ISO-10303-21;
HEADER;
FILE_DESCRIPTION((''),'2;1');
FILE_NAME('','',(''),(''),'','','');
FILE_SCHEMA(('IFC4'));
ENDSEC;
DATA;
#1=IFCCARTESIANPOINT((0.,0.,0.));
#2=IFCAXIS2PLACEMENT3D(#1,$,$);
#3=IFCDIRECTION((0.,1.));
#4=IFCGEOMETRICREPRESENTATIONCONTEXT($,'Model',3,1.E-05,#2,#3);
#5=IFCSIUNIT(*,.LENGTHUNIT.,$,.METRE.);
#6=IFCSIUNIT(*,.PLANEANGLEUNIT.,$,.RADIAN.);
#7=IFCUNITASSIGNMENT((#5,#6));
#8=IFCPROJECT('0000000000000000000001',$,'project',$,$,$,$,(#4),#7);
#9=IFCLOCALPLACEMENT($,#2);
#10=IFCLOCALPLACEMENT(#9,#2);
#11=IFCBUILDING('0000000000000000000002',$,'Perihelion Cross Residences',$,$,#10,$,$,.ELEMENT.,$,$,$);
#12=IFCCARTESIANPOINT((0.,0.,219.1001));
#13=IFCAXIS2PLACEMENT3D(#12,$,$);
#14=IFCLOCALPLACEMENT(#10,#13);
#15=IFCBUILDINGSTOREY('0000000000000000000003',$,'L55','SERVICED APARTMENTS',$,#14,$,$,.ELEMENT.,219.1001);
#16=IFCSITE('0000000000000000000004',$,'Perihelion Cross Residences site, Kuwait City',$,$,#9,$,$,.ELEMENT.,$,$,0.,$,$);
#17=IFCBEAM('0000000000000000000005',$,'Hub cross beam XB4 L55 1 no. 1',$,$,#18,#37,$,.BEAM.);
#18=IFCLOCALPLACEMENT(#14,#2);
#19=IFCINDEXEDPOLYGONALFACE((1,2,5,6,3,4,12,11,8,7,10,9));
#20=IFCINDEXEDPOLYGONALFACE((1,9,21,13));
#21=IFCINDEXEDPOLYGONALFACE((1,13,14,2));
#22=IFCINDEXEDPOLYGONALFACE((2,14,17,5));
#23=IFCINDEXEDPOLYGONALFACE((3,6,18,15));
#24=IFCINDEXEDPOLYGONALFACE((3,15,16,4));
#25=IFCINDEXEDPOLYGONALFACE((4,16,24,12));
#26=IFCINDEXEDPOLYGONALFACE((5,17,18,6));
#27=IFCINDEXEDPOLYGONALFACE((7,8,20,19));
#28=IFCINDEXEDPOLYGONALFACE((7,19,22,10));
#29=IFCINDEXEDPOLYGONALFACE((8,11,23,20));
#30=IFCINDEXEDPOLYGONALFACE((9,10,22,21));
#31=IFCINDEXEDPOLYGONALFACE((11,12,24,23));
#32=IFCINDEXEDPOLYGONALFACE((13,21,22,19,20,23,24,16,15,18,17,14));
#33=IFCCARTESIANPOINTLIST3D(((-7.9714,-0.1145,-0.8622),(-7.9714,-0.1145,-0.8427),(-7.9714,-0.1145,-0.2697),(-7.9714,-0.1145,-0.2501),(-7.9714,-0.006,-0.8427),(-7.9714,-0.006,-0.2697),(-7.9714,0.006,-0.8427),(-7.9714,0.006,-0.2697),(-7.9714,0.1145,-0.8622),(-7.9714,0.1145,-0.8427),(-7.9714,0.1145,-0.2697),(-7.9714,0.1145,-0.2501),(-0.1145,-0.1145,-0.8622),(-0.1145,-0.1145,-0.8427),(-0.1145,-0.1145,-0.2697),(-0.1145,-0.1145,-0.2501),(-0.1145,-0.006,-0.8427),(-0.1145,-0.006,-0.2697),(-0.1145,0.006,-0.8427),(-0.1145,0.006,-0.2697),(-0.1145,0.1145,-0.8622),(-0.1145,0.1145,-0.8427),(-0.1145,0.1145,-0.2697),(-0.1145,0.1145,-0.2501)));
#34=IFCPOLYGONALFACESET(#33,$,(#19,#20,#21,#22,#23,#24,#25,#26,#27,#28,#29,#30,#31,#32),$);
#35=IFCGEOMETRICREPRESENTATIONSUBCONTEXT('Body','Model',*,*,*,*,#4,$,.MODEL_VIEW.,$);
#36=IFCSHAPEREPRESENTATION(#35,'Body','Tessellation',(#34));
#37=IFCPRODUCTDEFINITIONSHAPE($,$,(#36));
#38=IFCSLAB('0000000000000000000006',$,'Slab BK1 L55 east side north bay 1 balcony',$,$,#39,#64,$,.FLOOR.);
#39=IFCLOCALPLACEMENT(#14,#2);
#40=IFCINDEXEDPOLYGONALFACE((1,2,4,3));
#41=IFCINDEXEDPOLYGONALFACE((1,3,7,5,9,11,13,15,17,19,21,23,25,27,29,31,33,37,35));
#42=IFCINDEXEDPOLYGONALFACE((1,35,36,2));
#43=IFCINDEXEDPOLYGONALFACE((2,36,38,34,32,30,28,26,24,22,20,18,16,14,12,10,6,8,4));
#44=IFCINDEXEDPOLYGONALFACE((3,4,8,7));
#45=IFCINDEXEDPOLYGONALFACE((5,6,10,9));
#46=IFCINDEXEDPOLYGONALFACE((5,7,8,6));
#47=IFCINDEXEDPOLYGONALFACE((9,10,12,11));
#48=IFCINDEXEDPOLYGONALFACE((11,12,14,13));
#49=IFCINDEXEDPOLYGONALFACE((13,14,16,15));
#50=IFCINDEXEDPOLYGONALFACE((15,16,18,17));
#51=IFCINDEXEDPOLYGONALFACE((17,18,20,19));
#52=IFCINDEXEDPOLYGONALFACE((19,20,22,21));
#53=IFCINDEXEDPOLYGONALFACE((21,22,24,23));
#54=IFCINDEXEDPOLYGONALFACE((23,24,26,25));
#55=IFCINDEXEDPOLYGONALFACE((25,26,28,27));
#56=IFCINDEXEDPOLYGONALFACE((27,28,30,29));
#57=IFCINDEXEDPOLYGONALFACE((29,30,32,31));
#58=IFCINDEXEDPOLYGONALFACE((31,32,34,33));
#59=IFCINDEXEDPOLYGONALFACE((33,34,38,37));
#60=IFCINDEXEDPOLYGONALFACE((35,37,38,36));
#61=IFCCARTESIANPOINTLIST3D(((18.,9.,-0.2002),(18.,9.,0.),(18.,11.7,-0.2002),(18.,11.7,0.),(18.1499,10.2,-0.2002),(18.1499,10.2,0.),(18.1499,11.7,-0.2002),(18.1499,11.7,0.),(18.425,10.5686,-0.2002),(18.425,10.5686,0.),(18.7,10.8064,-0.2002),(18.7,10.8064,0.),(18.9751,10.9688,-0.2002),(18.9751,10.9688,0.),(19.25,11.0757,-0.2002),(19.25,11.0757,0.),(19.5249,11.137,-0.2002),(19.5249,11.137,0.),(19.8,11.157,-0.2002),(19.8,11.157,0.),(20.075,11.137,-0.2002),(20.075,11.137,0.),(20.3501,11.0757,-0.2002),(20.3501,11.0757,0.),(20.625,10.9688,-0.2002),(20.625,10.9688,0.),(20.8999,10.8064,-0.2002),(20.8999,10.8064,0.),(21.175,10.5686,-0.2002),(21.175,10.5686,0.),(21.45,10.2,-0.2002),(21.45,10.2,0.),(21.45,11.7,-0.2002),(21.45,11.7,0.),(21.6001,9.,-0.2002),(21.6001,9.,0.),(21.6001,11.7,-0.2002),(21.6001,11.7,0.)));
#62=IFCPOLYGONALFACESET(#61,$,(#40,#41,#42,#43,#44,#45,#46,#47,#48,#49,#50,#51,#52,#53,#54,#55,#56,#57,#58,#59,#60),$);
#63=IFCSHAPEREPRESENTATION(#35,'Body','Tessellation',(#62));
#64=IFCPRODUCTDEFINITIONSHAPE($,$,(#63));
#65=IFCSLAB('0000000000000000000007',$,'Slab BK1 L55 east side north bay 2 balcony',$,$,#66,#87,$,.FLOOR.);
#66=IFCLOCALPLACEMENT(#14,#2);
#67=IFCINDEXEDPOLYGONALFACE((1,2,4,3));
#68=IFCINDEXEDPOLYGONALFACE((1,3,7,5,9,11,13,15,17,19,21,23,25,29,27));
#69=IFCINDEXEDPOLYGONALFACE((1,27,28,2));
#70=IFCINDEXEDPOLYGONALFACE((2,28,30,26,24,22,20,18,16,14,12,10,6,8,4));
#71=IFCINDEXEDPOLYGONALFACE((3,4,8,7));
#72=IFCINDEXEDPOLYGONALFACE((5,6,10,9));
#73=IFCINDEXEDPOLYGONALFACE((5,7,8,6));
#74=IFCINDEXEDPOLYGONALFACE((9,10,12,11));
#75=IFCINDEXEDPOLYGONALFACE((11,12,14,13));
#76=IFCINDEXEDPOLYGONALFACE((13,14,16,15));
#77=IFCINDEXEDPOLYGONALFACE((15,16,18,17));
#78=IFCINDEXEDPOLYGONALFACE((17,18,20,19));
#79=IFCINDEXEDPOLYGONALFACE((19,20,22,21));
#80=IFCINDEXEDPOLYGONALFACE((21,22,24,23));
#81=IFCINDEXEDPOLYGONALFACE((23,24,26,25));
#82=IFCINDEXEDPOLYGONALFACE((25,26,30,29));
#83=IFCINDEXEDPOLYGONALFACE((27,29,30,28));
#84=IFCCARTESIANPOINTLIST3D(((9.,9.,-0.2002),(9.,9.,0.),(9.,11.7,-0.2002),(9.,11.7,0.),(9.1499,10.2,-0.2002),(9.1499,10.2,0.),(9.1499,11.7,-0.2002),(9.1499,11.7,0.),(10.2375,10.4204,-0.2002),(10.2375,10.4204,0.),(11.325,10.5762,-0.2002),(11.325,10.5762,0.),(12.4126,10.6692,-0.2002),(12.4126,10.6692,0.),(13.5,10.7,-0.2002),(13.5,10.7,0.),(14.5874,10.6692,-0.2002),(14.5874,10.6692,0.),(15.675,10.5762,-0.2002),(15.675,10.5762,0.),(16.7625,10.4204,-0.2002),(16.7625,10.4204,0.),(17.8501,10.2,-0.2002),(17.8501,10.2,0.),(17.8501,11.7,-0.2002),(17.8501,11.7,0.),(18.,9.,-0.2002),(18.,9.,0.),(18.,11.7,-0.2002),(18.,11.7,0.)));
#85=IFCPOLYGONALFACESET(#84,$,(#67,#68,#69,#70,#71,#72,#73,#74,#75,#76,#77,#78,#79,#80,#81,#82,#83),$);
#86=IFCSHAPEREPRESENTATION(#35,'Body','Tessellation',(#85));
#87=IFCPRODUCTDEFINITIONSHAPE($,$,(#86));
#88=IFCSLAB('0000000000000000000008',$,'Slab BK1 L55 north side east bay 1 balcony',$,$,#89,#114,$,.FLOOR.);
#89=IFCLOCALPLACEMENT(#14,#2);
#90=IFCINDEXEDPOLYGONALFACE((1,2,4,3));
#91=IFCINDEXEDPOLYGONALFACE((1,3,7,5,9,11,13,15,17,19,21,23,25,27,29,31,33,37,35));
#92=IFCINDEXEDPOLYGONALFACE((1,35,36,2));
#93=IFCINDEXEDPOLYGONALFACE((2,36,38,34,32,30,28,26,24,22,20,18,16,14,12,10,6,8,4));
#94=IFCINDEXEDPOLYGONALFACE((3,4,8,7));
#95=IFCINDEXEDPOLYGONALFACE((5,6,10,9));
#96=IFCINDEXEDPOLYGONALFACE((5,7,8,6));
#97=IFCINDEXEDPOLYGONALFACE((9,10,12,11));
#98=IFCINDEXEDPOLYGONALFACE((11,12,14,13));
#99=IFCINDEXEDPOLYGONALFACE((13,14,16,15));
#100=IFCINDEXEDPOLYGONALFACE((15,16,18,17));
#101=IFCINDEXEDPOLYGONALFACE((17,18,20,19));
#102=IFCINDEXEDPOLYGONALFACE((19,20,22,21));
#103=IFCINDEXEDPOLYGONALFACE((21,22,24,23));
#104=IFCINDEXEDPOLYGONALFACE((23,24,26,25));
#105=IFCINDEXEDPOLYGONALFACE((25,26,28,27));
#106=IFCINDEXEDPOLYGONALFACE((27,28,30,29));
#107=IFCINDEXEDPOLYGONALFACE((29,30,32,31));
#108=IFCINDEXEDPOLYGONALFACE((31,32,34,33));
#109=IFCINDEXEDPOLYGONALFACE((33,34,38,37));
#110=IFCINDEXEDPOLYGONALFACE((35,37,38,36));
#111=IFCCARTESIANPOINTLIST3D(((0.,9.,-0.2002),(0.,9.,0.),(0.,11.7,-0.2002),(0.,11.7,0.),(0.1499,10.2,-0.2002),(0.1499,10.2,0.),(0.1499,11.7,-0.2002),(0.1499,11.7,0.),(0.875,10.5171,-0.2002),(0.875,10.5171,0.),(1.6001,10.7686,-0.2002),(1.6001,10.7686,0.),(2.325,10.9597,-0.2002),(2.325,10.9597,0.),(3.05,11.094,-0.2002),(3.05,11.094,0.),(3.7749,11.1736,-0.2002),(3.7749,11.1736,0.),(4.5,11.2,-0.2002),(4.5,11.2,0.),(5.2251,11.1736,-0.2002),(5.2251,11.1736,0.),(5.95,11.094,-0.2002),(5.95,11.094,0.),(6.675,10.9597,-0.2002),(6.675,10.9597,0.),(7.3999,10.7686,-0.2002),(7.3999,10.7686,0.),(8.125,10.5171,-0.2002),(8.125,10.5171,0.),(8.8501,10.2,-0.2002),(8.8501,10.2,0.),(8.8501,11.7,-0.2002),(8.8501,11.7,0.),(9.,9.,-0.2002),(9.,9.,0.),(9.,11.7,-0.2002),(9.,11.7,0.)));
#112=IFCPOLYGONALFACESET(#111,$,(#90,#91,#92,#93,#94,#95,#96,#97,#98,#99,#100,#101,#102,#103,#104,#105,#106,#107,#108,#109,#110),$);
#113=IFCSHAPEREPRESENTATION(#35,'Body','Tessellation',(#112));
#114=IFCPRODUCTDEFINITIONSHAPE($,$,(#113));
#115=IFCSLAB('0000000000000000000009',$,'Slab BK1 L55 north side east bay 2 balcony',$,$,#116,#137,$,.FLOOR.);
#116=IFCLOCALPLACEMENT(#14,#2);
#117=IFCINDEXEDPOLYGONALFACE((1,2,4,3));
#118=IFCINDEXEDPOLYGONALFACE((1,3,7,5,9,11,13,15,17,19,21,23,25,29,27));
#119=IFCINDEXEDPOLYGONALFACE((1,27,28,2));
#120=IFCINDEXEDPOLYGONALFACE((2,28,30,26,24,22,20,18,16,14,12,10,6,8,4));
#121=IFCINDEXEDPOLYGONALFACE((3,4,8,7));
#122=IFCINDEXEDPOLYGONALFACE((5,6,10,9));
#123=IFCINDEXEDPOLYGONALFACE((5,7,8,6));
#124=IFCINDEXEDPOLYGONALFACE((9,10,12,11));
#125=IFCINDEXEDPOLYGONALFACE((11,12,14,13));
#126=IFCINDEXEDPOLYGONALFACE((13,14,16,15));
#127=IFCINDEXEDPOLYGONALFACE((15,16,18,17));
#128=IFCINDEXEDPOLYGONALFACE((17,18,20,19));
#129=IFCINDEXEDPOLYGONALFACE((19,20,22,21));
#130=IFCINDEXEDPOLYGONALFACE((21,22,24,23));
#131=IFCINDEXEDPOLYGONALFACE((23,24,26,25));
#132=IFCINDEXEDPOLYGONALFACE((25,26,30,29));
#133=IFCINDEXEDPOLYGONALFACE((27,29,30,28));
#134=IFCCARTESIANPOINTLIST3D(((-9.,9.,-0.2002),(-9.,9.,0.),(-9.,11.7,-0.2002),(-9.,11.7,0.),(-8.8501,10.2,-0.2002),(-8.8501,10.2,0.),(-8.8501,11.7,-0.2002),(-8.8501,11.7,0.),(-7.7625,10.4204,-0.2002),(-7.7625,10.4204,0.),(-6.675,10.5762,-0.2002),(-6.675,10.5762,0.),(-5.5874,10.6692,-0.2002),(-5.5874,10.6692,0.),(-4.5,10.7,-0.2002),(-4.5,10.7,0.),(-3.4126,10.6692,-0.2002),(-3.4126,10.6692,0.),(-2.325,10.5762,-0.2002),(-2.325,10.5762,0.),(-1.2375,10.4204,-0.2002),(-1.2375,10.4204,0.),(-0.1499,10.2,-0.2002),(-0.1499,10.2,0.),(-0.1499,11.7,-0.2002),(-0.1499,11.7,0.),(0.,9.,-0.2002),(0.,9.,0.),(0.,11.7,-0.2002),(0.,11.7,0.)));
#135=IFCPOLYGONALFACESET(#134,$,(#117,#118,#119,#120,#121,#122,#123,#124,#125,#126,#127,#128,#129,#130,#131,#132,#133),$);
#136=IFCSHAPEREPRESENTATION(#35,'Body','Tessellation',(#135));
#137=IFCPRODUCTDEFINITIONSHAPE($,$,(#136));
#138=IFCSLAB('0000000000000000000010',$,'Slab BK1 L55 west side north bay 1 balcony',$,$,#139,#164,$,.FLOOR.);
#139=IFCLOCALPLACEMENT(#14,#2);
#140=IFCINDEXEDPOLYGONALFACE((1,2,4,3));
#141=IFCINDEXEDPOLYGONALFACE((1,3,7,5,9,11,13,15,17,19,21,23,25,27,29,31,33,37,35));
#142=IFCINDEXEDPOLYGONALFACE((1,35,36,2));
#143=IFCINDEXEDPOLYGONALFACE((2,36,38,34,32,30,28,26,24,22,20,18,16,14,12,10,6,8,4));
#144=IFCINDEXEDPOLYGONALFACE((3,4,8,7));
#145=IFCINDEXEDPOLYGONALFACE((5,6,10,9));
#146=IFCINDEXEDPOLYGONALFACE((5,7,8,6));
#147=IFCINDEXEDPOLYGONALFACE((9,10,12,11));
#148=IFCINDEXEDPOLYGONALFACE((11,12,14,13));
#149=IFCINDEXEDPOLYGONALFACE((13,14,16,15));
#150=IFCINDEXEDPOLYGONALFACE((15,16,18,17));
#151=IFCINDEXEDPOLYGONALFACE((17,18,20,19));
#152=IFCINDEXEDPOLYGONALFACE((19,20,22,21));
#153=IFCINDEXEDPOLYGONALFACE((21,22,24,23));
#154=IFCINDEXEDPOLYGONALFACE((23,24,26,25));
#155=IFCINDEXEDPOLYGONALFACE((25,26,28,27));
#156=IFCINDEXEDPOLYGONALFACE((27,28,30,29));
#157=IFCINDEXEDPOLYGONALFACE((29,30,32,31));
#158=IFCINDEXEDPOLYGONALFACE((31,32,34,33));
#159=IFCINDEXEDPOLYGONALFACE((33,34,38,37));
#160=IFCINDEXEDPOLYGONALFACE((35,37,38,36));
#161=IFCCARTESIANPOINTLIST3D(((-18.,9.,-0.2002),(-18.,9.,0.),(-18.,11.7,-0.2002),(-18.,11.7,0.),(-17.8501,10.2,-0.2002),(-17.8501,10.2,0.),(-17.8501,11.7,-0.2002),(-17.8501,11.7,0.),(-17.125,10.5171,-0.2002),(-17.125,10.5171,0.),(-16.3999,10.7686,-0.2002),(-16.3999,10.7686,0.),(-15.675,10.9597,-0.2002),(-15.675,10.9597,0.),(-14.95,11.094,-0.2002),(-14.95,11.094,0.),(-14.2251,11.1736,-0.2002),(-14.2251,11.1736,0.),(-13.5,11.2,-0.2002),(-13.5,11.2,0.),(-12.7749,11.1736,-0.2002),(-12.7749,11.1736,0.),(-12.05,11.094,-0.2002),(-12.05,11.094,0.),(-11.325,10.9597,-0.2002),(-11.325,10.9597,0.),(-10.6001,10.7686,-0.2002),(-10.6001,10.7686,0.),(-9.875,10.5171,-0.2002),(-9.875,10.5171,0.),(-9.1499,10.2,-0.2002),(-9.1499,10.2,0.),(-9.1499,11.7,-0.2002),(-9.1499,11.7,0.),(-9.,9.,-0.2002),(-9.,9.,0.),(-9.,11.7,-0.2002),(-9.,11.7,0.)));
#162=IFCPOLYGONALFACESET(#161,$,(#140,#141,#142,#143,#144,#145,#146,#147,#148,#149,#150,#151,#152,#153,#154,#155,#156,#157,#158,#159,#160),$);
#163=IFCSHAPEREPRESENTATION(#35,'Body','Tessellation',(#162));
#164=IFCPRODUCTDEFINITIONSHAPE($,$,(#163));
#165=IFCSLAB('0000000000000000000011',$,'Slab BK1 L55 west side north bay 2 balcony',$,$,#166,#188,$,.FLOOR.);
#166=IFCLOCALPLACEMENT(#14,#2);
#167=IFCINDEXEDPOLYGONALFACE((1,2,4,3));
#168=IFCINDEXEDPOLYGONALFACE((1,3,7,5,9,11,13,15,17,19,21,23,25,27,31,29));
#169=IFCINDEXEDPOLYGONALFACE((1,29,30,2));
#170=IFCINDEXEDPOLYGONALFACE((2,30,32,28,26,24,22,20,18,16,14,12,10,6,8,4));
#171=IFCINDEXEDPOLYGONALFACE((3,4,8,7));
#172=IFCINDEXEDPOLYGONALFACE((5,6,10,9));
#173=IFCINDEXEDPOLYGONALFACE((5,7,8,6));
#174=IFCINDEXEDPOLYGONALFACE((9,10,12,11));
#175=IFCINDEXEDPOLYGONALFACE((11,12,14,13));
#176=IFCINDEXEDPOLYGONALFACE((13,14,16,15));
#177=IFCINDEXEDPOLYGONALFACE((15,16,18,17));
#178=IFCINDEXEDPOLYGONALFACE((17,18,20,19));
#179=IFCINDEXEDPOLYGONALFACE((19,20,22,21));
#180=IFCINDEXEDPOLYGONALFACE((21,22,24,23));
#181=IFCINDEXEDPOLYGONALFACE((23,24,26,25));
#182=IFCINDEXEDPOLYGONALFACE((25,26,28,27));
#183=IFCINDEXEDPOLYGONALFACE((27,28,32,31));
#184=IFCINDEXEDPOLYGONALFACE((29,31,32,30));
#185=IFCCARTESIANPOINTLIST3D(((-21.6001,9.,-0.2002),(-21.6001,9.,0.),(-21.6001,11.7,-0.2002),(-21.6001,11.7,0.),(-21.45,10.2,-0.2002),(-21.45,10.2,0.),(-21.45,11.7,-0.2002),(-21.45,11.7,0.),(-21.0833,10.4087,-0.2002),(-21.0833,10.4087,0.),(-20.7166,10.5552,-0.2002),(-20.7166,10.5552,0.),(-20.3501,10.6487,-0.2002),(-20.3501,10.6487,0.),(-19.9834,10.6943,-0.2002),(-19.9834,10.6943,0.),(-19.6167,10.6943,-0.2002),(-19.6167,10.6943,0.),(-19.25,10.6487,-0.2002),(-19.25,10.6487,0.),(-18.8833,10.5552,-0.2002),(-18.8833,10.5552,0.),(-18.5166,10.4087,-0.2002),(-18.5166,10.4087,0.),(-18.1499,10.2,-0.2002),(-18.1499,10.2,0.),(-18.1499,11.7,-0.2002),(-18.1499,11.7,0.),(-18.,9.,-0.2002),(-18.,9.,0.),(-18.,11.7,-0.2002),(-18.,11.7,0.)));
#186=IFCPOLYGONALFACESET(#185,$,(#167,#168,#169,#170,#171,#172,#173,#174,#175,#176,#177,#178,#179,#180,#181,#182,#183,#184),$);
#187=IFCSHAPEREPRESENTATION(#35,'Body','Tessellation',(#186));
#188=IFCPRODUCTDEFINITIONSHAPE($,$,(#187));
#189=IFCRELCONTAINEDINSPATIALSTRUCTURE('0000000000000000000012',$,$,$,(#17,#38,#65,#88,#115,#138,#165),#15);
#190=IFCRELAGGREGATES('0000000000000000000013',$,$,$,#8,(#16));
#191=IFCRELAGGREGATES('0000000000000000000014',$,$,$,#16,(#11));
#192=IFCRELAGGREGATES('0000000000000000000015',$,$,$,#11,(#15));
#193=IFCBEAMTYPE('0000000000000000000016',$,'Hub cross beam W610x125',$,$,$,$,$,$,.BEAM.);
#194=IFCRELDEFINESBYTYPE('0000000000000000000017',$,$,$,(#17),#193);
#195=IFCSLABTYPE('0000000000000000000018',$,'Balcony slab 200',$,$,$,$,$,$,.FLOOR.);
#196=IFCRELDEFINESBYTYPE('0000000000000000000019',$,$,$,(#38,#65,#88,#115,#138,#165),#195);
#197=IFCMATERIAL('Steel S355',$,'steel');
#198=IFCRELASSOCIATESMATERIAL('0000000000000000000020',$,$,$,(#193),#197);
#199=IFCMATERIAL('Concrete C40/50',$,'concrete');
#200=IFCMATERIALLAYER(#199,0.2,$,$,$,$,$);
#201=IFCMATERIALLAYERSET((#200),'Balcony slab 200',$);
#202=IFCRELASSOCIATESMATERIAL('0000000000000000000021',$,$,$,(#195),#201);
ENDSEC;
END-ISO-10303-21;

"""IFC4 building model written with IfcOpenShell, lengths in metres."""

from ifc_helpers import new_model, si_unit, direction, frame, origin, origin_2d, place, context, subcontext, project, spatial, polyline, i_section, outline, extrude, material, layer, layer_set, material_profile, profile_set, type_object, element, save


model = new_model("IFC4")

# Units and contexts
model_context = context("Model", 3, precision=1e-05, world=origin(), true_north=direction((0.0, 1.0)))
body_context = subcontext(model_context, "Body", "Model", "MODEL_VIEW")
ifc_project = project(units=[si_unit("LENGTHUNIT", "METRE"), si_unit("PLANEANGLEUNIT", "RADIAN")], contexts=[model_context])

# Site, building, storey
site_placement = place(None, origin())
site = spatial("IfcSite", under=ifc_project, at=site_placement, Name="Perihelion Cross Residences site, Kuwait City", CompositionType="ELEMENT", RefElevation=0.0)
building_placement = place(site_placement, origin())
building = spatial("IfcBuilding", under=site, at=building_placement, Name="Perihelion Cross Residences", CompositionType="ELEMENT")
storey_placement = place(building_placement, frame((0.0, 0.0, 219.1001)))
storey = spatial("IfcBuildingStorey", under=building, at=storey_placement, Name="L55", Description="SERVICED APARTMENTS", CompositionType="ELEMENT", Elevation=219.1001)

# Beam
ifc_material_1 = material(Name="Steel S355", Category="steel")
ifc_material_profile = material_profile(ifc_material_1, i_section(OverallWidth=0.229, OverallDepth=0.6121, WebThickness=0.012, FlangeThickness=0.0195, at=origin_2d()), Name="W610x125")
ifc_profile_set = profile_set([ifc_material_profile], Name="Steel S355")
beam_type = type_object("IfcBeamType", Name="Hub cross beam W610x125", PredefinedType="BEAM", material=ifc_profile_set)
beam_placement = place(storey_placement, frame((-7.9714, 0.0, -0.5562), z_axis=(1.0, 0.0, 0.0), x_axis=(0.0, 1.0, 0.0)))
element("IfcBeam", 1, at=beam_placement, inside=storey, type_object=beam_type, Name="Hub cross beam XB4 L55 1 no. 1", PredefinedType="BEAM", context=body_context, shape_type="SweptSolid", body=[
    extrude(i_section(OverallWidth=0.229, OverallDepth=0.6121, WebThickness=0.012, FlangeThickness=0.0195, at=origin_2d()), origin(), (0.0, 0.0, 1.0), 7.8569),
])

# Slabs
ifc_material_2 = material(Name="Concrete C40/50", Category="concrete")
ifc_layer_1 = layer(ifc_material_2, 0.2)
ifc_layer_set_1 = layer_set([ifc_layer_1], Name="Balcony slab 200")
slab_type_1 = type_object("IfcSlabType", Name="Balcony slab 200", PredefinedType="FLOOR", material=ifc_layer_set_1)
slab_1_placement = place(storey_placement, frame((0.0, 0.0, -0.2002)))
element("IfcSlab", 2, at=slab_1_placement, inside=storey, type_object=slab_type_1, Name="Slab BK1 L55 east side north bay 1 balcony", PredefinedType="FLOOR", context=body_context, shape_type="SweptSolid", body=[
    extrude(outline(polyline([(21.6001, 9.0), (18.0, 9.0), (18.0, 11.7), (18.1499, 11.7), (18.1499, 10.2), (18.425, 10.5686), (18.7, 10.8064), (18.9751, 10.9688), (19.25, 11.0757), (19.5249, 11.137), (19.8, 11.157), (20.075, 11.137), (20.3501, 11.0757), (20.625, 10.9688), (20.8999, 10.8064), (21.175, 10.5686), (21.45, 10.2), (21.45, 11.7), (21.6001, 11.7), (21.6001, 9.0)])), origin(), (0.0, 0.0, 1.0), 0.2002),
])
slab_2_placement = place(storey_placement, frame((0.0, 0.0, -0.2002)))
element("IfcSlab", 3, at=slab_2_placement, inside=storey, type_object=slab_type_1, Name="Slab BK1 L55 east side north bay 2 balcony", PredefinedType="FLOOR", context=body_context, shape_type="SweptSolid", body=[
    extrude(outline(polyline([(18.0, 9.0), (9.0, 9.0), (9.0, 11.7), (9.1499, 11.7), (9.1499, 10.2), (10.2375, 10.4204), (11.325, 10.5762), (12.4126, 10.6692), (13.5, 10.7), (14.5874, 10.6692), (15.675, 10.5762), (16.7625, 10.4204), (17.8501, 10.2), (17.8501, 11.7), (18.0, 11.7), (18.0, 9.0)])), origin(), (0.0, 0.0, 1.0), 0.2002),
])
slab_3_placement = place(storey_placement, frame((0.0, 0.0, -0.2002)))
element("IfcSlab", 4, at=slab_3_placement, inside=storey, type_object=slab_type_1, Name="Slab BK1 L55 north side east bay 1 balcony", PredefinedType="FLOOR", context=body_context, shape_type="SweptSolid", body=[
    extrude(outline(polyline([(9.0, 9.0), (0.0, 9.0), (0.0, 11.7), (0.1499, 11.7), (0.1499, 10.2), (0.875, 10.5171), (1.6001, 10.7686), (2.325, 10.9597), (3.05, 11.094), (3.7749, 11.1736), (4.5, 11.2), (5.2251, 11.1736), (5.95, 11.094), (6.675, 10.9597), (7.3999, 10.7686), (8.125, 10.5171), (8.8501, 10.2), (8.8501, 11.7), (9.0, 11.7), (9.0, 9.0)])), origin(), (0.0, 0.0, 1.0), 0.2002),
])
slab_4_placement = place(storey_placement, frame((0.0, 0.0, -0.2002)))
element("IfcSlab", 5, at=slab_4_placement, inside=storey, type_object=slab_type_1, Name="Slab BK1 L55 north side east bay 2 balcony", PredefinedType="FLOOR", context=body_context, shape_type="SweptSolid", body=[
    extrude(outline(polyline([(0.0, 9.0), (-9.0, 9.0), (-9.0, 11.7), (-8.8501, 11.7), (-8.8501, 10.2), (-7.7625, 10.4204), (-6.675, 10.5762), (-5.5874, 10.6692), (-4.5, 10.7), (-3.4126, 10.6692), (-2.325, 10.5762), (-1.2375, 10.4204), (-0.1499, 10.2), (-0.1499, 11.7), (0.0, 11.7), (0.0, 9.0)])), origin(), (0.0, 0.0, 1.0), 0.2002),
])
slab_5_placement = place(storey_placement, frame((0.0, 0.0, -0.2002)))
element("IfcSlab", 6, at=slab_5_placement, inside=storey, type_object=slab_type_1, Name="Slab BK1 L55 west side north bay 1 balcony", PredefinedType="FLOOR", context=body_context, shape_type="SweptSolid", body=[
    extrude(outline(polyline([(-9.0, 9.0), (-18.0, 9.0), (-18.0, 11.7), (-17.8501, 11.7), (-17.8501, 10.2), (-17.125, 10.5171), (-16.3999, 10.7686), (-15.675, 10.9597), (-14.95, 11.094), (-14.2251, 11.1736), (-13.5, 11.2), (-12.7749, 11.1736), (-12.05, 11.094), (-11.325, 10.9597), (-10.6001, 10.7686), (-9.875, 10.5171), (-9.1499, 10.2), (-9.1499, 11.7), (-9.0, 11.7), (-9.0, 9.0)])), origin(), (0.0, 0.0, 1.0), 0.2002),
])
slab_6_placement = place(storey_placement, frame((0.0, 0.0, -0.2002)))
element("IfcSlab", 7, at=slab_6_placement, inside=storey, type_object=slab_type_1, Name="Slab BK1 L55 west side north bay 2 balcony", PredefinedType="FLOOR", context=body_context, shape_type="SweptSolid", body=[
    extrude(outline(polyline([(-18.0, 9.0), (-21.6001, 9.0), (-21.6001, 11.7), (-21.45, 11.7), (-21.45, 10.2), (-21.0833, 10.4087), (-20.7166, 10.5552), (-20.3501, 10.6487), (-19.9834, 10.6943), (-19.6167, 10.6943), (-19.25, 10.6487), (-18.8833, 10.5552), (-18.5166, 10.4087), (-18.1499, 10.2), (-18.1499, 11.7), (-18.0, 11.7), (-18.0, 9.0)])), origin(), (0.0, 0.0, 1.0), 0.2002),
])

save(model, "model.ifc")
